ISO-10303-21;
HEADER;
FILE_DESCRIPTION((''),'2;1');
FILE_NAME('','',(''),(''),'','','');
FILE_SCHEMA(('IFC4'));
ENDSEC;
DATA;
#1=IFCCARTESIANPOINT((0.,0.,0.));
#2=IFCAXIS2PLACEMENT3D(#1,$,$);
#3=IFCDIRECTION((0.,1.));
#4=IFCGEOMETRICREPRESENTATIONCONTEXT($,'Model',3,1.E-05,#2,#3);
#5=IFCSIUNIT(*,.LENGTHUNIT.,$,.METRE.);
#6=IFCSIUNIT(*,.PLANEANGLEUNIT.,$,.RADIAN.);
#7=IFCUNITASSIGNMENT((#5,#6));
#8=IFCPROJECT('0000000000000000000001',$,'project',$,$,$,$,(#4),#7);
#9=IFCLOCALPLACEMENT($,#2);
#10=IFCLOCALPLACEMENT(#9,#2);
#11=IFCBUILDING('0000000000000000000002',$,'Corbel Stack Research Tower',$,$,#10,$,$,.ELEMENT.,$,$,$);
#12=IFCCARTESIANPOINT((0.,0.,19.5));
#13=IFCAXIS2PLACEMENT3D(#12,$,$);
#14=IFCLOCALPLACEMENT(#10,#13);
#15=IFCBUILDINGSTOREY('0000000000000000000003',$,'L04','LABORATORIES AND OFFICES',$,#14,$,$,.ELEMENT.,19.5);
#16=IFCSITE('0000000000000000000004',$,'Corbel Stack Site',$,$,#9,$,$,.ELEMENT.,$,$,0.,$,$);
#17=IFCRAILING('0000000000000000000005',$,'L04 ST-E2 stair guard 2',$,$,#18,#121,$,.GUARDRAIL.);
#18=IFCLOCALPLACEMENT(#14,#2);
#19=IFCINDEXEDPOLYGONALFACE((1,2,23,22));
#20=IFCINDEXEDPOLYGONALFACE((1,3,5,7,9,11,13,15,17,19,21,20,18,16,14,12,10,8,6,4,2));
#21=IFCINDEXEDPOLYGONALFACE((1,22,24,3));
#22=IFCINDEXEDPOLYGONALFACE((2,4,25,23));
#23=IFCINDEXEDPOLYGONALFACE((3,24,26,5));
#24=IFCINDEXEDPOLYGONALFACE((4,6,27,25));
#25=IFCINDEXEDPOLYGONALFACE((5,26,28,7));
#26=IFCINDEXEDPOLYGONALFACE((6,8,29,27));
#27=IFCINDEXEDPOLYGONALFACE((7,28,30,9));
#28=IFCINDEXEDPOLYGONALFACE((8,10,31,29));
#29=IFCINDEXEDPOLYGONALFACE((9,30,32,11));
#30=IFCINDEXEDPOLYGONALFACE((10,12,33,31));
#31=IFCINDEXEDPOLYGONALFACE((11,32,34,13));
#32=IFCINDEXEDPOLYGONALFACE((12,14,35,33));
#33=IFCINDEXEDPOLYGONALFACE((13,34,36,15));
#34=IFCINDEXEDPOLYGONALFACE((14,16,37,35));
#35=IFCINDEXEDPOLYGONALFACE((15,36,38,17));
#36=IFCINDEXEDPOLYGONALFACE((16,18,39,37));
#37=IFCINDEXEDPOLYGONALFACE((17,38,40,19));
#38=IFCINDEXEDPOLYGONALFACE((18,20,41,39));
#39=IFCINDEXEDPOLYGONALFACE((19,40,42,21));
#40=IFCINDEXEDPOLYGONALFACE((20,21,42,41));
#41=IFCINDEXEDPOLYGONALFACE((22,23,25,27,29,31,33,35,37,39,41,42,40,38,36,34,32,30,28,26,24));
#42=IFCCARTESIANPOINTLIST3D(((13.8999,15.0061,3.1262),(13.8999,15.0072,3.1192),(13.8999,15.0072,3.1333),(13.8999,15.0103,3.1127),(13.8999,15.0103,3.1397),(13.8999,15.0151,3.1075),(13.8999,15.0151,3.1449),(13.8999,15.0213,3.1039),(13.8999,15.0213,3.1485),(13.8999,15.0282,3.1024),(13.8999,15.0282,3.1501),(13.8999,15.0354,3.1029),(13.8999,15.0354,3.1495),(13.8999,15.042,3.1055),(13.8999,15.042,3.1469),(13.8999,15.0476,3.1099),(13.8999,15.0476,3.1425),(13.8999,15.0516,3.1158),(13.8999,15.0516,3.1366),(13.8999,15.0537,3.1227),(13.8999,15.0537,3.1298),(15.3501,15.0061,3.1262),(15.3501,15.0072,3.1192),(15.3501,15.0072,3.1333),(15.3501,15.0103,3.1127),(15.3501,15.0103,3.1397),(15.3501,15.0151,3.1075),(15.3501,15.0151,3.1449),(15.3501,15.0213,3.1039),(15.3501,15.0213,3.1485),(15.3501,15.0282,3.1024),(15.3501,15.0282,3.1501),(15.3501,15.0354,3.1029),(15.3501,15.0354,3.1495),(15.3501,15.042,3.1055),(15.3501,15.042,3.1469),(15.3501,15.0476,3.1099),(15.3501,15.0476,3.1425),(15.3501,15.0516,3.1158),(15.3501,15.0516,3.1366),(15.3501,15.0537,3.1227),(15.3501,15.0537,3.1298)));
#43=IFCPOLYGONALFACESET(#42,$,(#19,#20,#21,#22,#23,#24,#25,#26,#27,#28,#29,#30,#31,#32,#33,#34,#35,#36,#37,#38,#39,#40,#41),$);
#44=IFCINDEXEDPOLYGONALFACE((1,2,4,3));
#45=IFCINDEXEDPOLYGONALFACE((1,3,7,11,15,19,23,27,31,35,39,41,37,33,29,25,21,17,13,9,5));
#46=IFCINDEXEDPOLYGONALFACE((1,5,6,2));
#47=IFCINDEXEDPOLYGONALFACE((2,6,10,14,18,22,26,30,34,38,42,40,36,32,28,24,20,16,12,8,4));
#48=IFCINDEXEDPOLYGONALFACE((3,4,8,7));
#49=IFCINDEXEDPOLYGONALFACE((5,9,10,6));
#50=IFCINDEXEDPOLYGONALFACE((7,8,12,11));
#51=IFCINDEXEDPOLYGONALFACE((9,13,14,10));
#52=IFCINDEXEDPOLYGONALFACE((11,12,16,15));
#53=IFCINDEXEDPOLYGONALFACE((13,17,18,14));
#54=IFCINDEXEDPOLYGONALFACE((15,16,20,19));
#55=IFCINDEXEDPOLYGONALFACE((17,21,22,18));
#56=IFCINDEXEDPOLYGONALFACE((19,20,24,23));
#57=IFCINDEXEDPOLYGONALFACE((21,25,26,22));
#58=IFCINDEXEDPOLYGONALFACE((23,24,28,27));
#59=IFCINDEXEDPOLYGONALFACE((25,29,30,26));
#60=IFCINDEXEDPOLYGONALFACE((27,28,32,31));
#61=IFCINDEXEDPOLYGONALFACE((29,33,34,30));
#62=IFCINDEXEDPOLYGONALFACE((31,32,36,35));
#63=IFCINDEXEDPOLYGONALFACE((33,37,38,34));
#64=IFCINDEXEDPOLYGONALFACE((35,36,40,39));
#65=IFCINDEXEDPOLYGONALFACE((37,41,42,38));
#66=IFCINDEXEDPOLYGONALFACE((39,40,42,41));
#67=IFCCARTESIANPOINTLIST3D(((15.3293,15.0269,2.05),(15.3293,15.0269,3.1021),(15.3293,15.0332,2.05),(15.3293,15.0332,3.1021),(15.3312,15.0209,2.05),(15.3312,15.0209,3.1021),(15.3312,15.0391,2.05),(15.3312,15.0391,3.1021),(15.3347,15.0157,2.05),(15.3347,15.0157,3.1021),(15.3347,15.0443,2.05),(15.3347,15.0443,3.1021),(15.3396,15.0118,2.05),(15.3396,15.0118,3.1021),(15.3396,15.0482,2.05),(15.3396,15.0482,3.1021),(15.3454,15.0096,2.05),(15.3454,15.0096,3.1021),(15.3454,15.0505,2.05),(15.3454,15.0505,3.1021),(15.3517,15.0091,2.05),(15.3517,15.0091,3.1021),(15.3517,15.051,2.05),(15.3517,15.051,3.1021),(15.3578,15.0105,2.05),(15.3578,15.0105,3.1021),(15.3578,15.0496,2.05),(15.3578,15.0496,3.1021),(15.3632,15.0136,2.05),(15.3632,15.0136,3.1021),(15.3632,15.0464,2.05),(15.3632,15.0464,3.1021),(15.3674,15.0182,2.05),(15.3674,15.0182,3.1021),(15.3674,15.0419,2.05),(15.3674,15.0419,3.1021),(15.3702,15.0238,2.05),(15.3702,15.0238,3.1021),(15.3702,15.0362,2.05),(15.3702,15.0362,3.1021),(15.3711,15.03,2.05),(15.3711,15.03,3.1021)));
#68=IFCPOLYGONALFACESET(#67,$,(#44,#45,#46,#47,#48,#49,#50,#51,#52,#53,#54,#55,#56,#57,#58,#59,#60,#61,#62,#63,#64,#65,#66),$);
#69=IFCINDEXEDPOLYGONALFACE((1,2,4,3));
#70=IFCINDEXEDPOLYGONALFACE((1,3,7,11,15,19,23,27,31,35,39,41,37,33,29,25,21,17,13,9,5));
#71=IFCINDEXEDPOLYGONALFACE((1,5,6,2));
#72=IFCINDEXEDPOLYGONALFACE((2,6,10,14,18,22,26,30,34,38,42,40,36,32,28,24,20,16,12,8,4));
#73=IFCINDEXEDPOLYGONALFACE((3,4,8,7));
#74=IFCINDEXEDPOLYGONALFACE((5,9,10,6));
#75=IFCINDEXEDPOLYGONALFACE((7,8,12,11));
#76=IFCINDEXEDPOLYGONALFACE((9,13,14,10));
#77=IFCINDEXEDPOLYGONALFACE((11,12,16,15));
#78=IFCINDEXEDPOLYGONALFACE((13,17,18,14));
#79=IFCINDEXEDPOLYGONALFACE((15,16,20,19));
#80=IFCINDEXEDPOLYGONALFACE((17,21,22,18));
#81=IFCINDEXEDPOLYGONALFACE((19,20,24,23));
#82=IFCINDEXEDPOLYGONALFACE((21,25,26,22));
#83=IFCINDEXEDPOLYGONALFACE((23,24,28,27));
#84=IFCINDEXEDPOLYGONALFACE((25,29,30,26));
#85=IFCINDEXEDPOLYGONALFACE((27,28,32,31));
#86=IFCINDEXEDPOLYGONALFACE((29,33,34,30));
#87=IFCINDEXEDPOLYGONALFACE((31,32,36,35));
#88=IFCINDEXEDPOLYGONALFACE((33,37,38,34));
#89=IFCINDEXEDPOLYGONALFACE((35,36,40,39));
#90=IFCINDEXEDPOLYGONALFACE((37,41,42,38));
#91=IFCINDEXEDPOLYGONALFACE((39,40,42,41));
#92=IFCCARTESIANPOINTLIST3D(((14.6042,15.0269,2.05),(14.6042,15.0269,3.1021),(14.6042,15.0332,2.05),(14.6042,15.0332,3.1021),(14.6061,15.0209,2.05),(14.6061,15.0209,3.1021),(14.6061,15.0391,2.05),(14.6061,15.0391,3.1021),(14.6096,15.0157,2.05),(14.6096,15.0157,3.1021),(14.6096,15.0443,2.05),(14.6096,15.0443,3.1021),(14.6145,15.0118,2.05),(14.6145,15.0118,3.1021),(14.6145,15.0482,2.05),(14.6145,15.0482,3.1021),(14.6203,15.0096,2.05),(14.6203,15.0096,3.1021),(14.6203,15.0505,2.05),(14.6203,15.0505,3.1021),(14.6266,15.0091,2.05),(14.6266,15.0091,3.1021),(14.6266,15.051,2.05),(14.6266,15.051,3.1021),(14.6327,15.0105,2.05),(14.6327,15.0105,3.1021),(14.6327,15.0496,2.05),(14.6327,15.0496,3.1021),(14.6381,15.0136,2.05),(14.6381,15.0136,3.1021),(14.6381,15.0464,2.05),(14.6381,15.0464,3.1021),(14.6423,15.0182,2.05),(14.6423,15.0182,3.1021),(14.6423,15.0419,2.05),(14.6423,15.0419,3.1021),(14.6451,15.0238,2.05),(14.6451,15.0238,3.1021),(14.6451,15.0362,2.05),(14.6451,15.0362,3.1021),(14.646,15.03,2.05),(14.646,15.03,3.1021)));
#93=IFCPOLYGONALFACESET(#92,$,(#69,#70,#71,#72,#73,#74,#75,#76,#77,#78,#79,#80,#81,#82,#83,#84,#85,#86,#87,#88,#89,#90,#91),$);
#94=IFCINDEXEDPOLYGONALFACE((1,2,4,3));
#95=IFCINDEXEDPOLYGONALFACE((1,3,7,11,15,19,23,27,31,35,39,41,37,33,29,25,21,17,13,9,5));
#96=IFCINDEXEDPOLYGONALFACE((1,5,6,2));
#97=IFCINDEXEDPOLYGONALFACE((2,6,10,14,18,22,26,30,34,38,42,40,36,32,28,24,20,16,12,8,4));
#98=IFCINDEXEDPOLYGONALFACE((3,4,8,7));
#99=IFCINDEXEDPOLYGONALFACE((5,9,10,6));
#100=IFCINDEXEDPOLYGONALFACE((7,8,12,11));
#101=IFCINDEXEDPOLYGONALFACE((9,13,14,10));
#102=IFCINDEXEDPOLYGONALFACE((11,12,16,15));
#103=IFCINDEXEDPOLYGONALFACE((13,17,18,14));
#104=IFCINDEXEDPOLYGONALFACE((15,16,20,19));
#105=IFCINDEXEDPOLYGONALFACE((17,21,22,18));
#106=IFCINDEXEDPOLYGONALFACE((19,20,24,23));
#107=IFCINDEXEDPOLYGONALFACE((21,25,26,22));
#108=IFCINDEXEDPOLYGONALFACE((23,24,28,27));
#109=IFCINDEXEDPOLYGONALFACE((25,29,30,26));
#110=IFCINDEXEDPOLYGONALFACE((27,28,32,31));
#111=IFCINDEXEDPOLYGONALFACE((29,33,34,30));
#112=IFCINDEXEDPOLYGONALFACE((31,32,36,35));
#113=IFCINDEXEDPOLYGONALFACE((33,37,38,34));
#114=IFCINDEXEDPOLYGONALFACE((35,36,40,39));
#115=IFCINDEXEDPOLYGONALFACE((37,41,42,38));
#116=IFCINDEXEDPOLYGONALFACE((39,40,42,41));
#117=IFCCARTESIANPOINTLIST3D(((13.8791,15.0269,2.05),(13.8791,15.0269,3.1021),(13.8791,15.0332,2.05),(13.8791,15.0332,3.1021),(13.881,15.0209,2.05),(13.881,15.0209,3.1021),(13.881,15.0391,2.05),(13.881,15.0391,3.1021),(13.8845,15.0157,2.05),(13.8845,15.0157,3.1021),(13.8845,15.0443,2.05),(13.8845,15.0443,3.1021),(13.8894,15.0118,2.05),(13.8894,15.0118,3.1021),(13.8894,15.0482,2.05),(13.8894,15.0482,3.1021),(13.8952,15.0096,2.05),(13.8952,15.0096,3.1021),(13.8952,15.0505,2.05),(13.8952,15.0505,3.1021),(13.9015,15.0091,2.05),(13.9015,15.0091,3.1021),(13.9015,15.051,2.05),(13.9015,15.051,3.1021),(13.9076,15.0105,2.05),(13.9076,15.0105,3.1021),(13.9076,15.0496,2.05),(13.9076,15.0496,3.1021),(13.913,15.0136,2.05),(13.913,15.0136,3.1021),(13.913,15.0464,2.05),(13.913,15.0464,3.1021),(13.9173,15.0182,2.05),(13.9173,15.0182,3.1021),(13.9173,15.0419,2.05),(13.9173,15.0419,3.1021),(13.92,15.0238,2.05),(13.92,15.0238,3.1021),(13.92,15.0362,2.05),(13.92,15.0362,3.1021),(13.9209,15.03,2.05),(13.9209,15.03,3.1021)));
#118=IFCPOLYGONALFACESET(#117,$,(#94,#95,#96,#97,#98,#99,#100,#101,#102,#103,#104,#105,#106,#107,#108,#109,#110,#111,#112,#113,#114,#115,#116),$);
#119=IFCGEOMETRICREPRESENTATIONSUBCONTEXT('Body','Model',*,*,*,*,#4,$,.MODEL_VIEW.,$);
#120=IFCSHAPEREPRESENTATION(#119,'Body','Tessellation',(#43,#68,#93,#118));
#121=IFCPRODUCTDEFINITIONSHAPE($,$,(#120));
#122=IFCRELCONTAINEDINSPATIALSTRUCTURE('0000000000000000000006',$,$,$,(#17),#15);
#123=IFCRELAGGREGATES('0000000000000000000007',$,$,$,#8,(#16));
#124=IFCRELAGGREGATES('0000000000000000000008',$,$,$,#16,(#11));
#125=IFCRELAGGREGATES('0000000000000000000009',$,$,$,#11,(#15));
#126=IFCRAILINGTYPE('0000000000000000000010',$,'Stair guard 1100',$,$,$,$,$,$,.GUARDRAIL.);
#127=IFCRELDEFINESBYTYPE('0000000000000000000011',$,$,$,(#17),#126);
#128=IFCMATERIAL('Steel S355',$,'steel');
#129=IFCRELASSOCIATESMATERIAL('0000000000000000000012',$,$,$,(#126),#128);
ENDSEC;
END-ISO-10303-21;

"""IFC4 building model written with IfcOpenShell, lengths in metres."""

from ifc_helpers import new_model, si_unit, direction, frame, origin, origin_2d, place, context, subcontext, project, spatial, circle, extrude, material, type_object, element, save


model = new_model("IFC4")

# Units and contexts
model_context = context("Model", 3, precision=1e-05, world=origin(), true_north=direction((0.0, 1.0)))
body_context = subcontext(model_context, "Body", "Model", "MODEL_VIEW")
ifc_project = project(units=[si_unit("LENGTHUNIT", "METRE"), si_unit("PLANEANGLEUNIT", "RADIAN")], contexts=[model_context])

# Site, building, storey
site_placement = place(None, origin())
site = spatial("IfcSite", under=ifc_project, at=site_placement, Name="Corbel Stack Site", CompositionType="ELEMENT", RefElevation=0.0)
building_placement = place(site_placement, origin())
building = spatial("IfcBuilding", under=site, at=building_placement, Name="Corbel Stack Research Tower", CompositionType="ELEMENT")
storey_placement = place(building_placement, frame((0.0, 0.0, 19.5)))
storey = spatial("IfcBuildingStorey", under=building, at=storey_placement, Name="L04", Description="LABORATORIES AND OFFICES", CompositionType="ELEMENT", Elevation=19.5)

# Railing
ifc_material_1 = material(Name="Steel S355", Category="steel")
railing_type_1 = type_object("IfcRailingType", Name="Stair guard 1100", PredefinedType="GUARDRAIL", material=ifc_material_1)
railing_1_placement = place(storey_placement, frame((15.3501, 15.03, 2.05)))
element("IfcRailing", 1, at=railing_1_placement, inside=storey, type_object=railing_type_1, Name="L04 ST-E2 stair guard 2", PredefinedType="GUARDRAIL", context=body_context, shape_type="SweptSolid", body=[
    extrude(circle(Radius=0.0239, at=origin_2d()), frame((0.0, 0.0, 1.0762), z_axis=(-1.0, 0.0, 0.0), x_axis=(0.0, -1.0, 0.0)), (0.0, 0.0, 1.0), 1.4502),
    extrude(circle(Radius=0.021, at=origin_2d()), origin(), (0.0, 0.0, 1.0), 1.052),
    extrude(circle(Radius=0.021, at=origin_2d()), frame((-0.7251, 0.0, 0.0)), (0.0, 0.0, 1.0), 1.052),
    extrude(circle(Radius=0.021, at=origin_2d()), frame((-1.4502, 0.0, 0.0)), (0.0, 0.0, 1.0), 1.052),
])

save(model, "model.ifc")
